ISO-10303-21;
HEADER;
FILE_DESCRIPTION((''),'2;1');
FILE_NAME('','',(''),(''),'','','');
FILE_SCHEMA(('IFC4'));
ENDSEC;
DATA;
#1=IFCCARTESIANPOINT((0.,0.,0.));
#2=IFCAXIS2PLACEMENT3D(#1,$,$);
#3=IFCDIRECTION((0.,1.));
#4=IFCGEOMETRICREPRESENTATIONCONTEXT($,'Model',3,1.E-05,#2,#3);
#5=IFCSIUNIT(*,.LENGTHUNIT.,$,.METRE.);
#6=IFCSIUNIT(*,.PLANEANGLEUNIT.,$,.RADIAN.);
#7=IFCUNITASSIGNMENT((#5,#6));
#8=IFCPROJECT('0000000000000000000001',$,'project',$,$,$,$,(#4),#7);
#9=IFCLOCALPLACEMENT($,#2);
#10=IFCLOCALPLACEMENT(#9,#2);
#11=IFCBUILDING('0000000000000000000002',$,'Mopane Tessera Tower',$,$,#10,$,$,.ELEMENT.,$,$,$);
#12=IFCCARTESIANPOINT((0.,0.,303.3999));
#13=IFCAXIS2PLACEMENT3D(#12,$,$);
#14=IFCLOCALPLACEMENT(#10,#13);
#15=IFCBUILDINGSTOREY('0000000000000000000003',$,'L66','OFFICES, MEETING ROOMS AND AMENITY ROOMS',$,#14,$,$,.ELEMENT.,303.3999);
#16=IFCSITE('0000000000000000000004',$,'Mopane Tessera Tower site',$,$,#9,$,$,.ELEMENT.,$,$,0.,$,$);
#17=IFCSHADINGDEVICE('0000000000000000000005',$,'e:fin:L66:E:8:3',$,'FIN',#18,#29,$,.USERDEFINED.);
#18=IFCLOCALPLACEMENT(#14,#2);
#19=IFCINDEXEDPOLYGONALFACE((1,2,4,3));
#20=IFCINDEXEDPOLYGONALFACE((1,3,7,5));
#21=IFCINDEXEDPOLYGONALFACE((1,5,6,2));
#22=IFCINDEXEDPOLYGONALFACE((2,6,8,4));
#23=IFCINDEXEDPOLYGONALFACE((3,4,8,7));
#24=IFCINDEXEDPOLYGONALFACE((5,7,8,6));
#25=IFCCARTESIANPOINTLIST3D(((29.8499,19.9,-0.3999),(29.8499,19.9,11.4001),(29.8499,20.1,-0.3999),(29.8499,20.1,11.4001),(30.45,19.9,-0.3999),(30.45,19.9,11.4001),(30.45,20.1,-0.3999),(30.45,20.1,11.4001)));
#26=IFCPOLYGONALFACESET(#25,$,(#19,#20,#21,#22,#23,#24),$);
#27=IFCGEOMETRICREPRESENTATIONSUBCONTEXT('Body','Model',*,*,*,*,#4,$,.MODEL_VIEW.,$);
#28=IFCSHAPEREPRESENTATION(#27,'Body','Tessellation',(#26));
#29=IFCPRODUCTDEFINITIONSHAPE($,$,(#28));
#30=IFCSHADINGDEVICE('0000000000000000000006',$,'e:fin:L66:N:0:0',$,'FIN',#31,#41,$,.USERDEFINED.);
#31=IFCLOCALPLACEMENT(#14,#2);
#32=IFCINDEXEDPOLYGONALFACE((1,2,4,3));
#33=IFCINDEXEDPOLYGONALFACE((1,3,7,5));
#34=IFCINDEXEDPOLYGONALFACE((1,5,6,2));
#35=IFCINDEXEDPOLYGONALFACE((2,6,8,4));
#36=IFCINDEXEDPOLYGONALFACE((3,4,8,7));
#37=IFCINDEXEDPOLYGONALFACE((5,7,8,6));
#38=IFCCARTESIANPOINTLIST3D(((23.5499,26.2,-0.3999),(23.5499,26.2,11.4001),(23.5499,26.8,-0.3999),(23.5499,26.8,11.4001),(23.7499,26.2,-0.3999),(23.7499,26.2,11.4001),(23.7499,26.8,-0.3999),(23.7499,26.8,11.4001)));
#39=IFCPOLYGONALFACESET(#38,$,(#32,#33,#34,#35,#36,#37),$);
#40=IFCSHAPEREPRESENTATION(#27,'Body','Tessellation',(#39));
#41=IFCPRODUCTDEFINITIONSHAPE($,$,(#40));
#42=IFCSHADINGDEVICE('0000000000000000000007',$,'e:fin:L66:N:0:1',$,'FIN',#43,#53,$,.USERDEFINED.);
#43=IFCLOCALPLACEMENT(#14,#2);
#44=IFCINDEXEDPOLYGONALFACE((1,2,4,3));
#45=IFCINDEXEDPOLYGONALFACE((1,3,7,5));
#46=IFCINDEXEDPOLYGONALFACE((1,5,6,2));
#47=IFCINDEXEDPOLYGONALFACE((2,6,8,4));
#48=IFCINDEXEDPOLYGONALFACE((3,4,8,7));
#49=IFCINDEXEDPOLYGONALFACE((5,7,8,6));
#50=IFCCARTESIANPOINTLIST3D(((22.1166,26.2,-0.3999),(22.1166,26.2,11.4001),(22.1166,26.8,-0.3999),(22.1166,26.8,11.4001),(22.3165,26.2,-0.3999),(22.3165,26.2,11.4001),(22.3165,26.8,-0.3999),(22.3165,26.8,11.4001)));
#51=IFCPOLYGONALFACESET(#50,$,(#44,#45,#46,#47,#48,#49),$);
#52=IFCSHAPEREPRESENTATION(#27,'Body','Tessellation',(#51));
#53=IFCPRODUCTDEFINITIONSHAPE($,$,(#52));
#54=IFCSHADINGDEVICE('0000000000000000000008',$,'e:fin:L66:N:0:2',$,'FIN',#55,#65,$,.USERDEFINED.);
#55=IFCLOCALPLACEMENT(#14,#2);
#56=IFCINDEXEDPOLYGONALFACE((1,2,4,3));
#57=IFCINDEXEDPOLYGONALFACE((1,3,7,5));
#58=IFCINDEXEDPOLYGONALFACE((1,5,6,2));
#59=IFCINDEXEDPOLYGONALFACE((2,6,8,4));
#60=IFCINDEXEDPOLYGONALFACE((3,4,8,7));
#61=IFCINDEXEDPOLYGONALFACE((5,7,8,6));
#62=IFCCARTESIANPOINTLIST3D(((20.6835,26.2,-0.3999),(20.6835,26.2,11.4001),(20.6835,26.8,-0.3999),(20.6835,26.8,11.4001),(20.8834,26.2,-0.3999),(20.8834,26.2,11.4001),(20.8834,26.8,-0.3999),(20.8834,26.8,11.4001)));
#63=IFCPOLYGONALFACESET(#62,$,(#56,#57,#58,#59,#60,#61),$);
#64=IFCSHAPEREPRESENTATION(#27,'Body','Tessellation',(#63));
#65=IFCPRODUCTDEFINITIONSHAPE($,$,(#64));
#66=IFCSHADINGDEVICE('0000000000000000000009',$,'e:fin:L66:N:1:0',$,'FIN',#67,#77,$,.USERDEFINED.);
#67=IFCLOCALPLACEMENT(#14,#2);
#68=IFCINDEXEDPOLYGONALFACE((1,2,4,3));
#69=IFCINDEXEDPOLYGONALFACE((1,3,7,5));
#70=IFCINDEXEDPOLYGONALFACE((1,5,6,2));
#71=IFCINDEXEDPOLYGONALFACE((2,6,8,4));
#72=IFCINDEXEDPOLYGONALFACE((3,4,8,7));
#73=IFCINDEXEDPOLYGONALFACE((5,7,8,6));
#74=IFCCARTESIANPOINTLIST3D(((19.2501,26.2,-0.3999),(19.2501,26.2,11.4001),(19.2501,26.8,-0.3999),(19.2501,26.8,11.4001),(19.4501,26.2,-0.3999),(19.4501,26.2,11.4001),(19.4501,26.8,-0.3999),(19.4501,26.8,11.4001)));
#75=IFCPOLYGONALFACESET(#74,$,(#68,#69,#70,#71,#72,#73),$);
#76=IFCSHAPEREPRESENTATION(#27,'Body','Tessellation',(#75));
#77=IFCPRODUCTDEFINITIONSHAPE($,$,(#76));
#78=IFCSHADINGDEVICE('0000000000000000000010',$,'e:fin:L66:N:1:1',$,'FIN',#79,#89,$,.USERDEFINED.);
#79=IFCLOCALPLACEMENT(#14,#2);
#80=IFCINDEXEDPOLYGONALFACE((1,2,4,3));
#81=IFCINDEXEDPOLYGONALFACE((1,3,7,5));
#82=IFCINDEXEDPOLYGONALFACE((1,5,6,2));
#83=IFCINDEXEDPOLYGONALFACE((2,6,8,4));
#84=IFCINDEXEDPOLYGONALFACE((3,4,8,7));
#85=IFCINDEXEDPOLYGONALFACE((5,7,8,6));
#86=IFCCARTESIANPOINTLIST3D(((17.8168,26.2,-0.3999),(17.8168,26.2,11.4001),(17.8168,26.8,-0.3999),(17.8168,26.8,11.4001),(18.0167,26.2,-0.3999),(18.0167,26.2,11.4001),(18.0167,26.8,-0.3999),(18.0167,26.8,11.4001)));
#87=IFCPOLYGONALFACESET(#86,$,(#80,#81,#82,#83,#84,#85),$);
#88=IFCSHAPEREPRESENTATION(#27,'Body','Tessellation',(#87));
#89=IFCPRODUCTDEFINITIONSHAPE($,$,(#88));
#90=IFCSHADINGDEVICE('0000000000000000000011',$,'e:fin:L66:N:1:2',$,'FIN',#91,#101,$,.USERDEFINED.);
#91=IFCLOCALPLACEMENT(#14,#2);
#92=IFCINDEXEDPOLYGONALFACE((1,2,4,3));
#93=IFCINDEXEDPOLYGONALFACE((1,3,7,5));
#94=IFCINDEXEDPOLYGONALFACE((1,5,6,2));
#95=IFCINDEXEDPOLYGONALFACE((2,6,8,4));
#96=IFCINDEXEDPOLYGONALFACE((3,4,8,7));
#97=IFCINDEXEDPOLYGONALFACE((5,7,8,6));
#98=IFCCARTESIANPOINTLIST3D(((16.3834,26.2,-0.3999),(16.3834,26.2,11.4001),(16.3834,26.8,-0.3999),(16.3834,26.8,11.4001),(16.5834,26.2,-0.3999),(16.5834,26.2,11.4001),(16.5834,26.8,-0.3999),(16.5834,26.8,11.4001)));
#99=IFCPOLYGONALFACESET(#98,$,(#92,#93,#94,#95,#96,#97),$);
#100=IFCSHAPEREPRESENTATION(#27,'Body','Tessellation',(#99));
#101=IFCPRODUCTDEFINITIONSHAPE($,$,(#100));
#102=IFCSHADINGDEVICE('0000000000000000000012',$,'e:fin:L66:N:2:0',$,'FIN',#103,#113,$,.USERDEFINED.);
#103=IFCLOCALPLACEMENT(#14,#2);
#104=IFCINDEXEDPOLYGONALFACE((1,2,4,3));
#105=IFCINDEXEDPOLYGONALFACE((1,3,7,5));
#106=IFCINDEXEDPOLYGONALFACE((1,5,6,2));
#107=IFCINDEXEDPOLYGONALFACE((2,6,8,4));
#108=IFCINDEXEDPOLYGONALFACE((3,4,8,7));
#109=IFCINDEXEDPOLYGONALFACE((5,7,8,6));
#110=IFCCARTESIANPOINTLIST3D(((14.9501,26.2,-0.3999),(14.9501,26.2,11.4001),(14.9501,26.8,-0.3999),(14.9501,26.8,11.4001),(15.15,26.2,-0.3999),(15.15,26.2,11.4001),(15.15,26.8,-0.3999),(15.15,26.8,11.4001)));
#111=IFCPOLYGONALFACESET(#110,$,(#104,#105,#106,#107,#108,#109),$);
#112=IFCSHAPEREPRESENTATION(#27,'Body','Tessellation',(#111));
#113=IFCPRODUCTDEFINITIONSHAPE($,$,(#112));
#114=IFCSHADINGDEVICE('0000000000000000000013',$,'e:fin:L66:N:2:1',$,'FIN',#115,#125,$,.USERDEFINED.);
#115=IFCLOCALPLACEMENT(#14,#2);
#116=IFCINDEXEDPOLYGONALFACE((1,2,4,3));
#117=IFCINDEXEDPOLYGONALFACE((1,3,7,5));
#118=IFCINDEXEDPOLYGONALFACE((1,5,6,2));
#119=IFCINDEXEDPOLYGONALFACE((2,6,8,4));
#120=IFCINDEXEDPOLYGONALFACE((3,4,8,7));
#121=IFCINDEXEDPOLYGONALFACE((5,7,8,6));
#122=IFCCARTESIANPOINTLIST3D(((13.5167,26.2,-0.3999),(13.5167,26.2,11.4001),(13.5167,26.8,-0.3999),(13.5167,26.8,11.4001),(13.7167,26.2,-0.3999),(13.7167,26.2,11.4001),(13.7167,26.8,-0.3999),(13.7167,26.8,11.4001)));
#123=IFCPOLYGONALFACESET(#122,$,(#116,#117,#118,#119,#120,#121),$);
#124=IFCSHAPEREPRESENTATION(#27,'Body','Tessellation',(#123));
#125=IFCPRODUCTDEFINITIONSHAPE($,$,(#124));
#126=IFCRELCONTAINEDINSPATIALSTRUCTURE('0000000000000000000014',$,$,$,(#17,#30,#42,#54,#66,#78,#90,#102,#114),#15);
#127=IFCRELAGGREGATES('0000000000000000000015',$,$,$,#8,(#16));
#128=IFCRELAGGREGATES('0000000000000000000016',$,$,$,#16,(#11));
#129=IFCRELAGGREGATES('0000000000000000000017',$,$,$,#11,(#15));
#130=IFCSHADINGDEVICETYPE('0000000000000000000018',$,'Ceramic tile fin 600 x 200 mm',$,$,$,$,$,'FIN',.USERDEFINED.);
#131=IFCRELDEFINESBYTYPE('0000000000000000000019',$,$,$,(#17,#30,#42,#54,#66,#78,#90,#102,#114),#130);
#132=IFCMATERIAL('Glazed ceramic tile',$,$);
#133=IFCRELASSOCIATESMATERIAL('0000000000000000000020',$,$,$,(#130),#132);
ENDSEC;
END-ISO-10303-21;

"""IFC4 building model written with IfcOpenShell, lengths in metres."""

from ifc_helpers import new_model, si_unit, direction, frame, origin, origin_2d, place, context, subcontext, project, spatial, rectangle, extrude, material, type_object, element, save


model = new_model("IFC4")

# Units and contexts
model_context = context("Model", 3, precision=1e-05, world=origin(), true_north=direction((0.0, 1.0)))
body_context = subcontext(model_context, "Body", "Model", "MODEL_VIEW")
ifc_project = project(units=[si_unit("LENGTHUNIT", "METRE"), si_unit("PLANEANGLEUNIT", "RADIAN")], contexts=[model_context])

# Site, building, storey
site_placement = place(None, origin())
site = spatial("IfcSite", under=ifc_project, at=site_placement, Name="Mopane Tessera Tower site", CompositionType="ELEMENT", RefElevation=0.0)
building_placement = place(site_placement, origin())
building = spatial("IfcBuilding", under=site, at=building_placement, Name="Mopane Tessera Tower", CompositionType="ELEMENT")
storey_placement = place(building_placement, frame((0.0, 0.0, 303.3999)))
storey = spatial("IfcBuildingStorey", under=building, at=storey_placement, Name="L66", Description="OFFICES, MEETING ROOMS AND AMENITY ROOMS", CompositionType="ELEMENT", Elevation=303.3999)

# Shading devices
ifc_material_1 = material(Name="Glazed ceramic tile")
shading_device_type = type_object("IfcShadingDeviceType", Name="Ceramic tile fin 600 x 200 mm", ElementType="FIN", PredefinedType="USERDEFINED", material=ifc_material_1)
for number, where, z_axis, x_axis, name in (
    (1, (30.1499, 20.0, -0.3999), (0.0, 0.0, 1.0), (0.0, 1.0, 0.0), "e:fin:L66:E:8:3"),
    (2, (23.6499, 26.5, -0.3999), (0.0, 0.0, 1.0), (-1.0, 0.0, 0.0), "e:fin:L66:N:0:0"),
    (3, (22.2166, 26.5, -0.3999), (0.0, 0.0, 1.0), (-1.0, 0.0, 0.0), "e:fin:L66:N:0:1"),
    (4, (20.7834, 26.5, -0.3999), (0.0, 0.0, 1.0), (-1.0, 0.0, 0.0), "e:fin:L66:N:0:2"),
    (5, (19.3501, 26.5, -0.3999), (0.0, 0.0, 1.0), (-1.0, 0.0, 0.0), "e:fin:L66:N:1:0"),
    (6, (17.9167, 26.5, -0.3999), (0.0, 0.0, 1.0), (-1.0, 0.0, 0.0), "e:fin:L66:N:1:1"),
    (7, (16.4834, 26.5, -0.3999), (0.0, 0.0, 1.0), (-1.0, 0.0, 0.0), "e:fin:L66:N:1:2"),
    (8, (15.05, 26.5, -0.3999), (0.0, 0.0, 1.0), (-1.0, 0.0, 0.0), "e:fin:L66:N:2:0"),
    (9, (13.6167, 26.5, -0.3999), (0.0, 0.0, 1.0), (-1.0, 0.0, 0.0), "e:fin:L66:N:2:1"),
):
    element("IfcShadingDevice", number, at=place(storey_placement, frame(where, z_axis=z_axis, x_axis=x_axis)), inside=storey, type_object=shading_device_type, Name=name, ObjectType="FIN", PredefinedType="USERDEFINED", context=body_context, shape_type="SweptSolid", body=[
        extrude(rectangle(XDim=0.2, YDim=0.6001, at=origin_2d()), origin(), (0.0, 0.0, 1.0), 11.8),
    ])

save(model, "model.ifc")
